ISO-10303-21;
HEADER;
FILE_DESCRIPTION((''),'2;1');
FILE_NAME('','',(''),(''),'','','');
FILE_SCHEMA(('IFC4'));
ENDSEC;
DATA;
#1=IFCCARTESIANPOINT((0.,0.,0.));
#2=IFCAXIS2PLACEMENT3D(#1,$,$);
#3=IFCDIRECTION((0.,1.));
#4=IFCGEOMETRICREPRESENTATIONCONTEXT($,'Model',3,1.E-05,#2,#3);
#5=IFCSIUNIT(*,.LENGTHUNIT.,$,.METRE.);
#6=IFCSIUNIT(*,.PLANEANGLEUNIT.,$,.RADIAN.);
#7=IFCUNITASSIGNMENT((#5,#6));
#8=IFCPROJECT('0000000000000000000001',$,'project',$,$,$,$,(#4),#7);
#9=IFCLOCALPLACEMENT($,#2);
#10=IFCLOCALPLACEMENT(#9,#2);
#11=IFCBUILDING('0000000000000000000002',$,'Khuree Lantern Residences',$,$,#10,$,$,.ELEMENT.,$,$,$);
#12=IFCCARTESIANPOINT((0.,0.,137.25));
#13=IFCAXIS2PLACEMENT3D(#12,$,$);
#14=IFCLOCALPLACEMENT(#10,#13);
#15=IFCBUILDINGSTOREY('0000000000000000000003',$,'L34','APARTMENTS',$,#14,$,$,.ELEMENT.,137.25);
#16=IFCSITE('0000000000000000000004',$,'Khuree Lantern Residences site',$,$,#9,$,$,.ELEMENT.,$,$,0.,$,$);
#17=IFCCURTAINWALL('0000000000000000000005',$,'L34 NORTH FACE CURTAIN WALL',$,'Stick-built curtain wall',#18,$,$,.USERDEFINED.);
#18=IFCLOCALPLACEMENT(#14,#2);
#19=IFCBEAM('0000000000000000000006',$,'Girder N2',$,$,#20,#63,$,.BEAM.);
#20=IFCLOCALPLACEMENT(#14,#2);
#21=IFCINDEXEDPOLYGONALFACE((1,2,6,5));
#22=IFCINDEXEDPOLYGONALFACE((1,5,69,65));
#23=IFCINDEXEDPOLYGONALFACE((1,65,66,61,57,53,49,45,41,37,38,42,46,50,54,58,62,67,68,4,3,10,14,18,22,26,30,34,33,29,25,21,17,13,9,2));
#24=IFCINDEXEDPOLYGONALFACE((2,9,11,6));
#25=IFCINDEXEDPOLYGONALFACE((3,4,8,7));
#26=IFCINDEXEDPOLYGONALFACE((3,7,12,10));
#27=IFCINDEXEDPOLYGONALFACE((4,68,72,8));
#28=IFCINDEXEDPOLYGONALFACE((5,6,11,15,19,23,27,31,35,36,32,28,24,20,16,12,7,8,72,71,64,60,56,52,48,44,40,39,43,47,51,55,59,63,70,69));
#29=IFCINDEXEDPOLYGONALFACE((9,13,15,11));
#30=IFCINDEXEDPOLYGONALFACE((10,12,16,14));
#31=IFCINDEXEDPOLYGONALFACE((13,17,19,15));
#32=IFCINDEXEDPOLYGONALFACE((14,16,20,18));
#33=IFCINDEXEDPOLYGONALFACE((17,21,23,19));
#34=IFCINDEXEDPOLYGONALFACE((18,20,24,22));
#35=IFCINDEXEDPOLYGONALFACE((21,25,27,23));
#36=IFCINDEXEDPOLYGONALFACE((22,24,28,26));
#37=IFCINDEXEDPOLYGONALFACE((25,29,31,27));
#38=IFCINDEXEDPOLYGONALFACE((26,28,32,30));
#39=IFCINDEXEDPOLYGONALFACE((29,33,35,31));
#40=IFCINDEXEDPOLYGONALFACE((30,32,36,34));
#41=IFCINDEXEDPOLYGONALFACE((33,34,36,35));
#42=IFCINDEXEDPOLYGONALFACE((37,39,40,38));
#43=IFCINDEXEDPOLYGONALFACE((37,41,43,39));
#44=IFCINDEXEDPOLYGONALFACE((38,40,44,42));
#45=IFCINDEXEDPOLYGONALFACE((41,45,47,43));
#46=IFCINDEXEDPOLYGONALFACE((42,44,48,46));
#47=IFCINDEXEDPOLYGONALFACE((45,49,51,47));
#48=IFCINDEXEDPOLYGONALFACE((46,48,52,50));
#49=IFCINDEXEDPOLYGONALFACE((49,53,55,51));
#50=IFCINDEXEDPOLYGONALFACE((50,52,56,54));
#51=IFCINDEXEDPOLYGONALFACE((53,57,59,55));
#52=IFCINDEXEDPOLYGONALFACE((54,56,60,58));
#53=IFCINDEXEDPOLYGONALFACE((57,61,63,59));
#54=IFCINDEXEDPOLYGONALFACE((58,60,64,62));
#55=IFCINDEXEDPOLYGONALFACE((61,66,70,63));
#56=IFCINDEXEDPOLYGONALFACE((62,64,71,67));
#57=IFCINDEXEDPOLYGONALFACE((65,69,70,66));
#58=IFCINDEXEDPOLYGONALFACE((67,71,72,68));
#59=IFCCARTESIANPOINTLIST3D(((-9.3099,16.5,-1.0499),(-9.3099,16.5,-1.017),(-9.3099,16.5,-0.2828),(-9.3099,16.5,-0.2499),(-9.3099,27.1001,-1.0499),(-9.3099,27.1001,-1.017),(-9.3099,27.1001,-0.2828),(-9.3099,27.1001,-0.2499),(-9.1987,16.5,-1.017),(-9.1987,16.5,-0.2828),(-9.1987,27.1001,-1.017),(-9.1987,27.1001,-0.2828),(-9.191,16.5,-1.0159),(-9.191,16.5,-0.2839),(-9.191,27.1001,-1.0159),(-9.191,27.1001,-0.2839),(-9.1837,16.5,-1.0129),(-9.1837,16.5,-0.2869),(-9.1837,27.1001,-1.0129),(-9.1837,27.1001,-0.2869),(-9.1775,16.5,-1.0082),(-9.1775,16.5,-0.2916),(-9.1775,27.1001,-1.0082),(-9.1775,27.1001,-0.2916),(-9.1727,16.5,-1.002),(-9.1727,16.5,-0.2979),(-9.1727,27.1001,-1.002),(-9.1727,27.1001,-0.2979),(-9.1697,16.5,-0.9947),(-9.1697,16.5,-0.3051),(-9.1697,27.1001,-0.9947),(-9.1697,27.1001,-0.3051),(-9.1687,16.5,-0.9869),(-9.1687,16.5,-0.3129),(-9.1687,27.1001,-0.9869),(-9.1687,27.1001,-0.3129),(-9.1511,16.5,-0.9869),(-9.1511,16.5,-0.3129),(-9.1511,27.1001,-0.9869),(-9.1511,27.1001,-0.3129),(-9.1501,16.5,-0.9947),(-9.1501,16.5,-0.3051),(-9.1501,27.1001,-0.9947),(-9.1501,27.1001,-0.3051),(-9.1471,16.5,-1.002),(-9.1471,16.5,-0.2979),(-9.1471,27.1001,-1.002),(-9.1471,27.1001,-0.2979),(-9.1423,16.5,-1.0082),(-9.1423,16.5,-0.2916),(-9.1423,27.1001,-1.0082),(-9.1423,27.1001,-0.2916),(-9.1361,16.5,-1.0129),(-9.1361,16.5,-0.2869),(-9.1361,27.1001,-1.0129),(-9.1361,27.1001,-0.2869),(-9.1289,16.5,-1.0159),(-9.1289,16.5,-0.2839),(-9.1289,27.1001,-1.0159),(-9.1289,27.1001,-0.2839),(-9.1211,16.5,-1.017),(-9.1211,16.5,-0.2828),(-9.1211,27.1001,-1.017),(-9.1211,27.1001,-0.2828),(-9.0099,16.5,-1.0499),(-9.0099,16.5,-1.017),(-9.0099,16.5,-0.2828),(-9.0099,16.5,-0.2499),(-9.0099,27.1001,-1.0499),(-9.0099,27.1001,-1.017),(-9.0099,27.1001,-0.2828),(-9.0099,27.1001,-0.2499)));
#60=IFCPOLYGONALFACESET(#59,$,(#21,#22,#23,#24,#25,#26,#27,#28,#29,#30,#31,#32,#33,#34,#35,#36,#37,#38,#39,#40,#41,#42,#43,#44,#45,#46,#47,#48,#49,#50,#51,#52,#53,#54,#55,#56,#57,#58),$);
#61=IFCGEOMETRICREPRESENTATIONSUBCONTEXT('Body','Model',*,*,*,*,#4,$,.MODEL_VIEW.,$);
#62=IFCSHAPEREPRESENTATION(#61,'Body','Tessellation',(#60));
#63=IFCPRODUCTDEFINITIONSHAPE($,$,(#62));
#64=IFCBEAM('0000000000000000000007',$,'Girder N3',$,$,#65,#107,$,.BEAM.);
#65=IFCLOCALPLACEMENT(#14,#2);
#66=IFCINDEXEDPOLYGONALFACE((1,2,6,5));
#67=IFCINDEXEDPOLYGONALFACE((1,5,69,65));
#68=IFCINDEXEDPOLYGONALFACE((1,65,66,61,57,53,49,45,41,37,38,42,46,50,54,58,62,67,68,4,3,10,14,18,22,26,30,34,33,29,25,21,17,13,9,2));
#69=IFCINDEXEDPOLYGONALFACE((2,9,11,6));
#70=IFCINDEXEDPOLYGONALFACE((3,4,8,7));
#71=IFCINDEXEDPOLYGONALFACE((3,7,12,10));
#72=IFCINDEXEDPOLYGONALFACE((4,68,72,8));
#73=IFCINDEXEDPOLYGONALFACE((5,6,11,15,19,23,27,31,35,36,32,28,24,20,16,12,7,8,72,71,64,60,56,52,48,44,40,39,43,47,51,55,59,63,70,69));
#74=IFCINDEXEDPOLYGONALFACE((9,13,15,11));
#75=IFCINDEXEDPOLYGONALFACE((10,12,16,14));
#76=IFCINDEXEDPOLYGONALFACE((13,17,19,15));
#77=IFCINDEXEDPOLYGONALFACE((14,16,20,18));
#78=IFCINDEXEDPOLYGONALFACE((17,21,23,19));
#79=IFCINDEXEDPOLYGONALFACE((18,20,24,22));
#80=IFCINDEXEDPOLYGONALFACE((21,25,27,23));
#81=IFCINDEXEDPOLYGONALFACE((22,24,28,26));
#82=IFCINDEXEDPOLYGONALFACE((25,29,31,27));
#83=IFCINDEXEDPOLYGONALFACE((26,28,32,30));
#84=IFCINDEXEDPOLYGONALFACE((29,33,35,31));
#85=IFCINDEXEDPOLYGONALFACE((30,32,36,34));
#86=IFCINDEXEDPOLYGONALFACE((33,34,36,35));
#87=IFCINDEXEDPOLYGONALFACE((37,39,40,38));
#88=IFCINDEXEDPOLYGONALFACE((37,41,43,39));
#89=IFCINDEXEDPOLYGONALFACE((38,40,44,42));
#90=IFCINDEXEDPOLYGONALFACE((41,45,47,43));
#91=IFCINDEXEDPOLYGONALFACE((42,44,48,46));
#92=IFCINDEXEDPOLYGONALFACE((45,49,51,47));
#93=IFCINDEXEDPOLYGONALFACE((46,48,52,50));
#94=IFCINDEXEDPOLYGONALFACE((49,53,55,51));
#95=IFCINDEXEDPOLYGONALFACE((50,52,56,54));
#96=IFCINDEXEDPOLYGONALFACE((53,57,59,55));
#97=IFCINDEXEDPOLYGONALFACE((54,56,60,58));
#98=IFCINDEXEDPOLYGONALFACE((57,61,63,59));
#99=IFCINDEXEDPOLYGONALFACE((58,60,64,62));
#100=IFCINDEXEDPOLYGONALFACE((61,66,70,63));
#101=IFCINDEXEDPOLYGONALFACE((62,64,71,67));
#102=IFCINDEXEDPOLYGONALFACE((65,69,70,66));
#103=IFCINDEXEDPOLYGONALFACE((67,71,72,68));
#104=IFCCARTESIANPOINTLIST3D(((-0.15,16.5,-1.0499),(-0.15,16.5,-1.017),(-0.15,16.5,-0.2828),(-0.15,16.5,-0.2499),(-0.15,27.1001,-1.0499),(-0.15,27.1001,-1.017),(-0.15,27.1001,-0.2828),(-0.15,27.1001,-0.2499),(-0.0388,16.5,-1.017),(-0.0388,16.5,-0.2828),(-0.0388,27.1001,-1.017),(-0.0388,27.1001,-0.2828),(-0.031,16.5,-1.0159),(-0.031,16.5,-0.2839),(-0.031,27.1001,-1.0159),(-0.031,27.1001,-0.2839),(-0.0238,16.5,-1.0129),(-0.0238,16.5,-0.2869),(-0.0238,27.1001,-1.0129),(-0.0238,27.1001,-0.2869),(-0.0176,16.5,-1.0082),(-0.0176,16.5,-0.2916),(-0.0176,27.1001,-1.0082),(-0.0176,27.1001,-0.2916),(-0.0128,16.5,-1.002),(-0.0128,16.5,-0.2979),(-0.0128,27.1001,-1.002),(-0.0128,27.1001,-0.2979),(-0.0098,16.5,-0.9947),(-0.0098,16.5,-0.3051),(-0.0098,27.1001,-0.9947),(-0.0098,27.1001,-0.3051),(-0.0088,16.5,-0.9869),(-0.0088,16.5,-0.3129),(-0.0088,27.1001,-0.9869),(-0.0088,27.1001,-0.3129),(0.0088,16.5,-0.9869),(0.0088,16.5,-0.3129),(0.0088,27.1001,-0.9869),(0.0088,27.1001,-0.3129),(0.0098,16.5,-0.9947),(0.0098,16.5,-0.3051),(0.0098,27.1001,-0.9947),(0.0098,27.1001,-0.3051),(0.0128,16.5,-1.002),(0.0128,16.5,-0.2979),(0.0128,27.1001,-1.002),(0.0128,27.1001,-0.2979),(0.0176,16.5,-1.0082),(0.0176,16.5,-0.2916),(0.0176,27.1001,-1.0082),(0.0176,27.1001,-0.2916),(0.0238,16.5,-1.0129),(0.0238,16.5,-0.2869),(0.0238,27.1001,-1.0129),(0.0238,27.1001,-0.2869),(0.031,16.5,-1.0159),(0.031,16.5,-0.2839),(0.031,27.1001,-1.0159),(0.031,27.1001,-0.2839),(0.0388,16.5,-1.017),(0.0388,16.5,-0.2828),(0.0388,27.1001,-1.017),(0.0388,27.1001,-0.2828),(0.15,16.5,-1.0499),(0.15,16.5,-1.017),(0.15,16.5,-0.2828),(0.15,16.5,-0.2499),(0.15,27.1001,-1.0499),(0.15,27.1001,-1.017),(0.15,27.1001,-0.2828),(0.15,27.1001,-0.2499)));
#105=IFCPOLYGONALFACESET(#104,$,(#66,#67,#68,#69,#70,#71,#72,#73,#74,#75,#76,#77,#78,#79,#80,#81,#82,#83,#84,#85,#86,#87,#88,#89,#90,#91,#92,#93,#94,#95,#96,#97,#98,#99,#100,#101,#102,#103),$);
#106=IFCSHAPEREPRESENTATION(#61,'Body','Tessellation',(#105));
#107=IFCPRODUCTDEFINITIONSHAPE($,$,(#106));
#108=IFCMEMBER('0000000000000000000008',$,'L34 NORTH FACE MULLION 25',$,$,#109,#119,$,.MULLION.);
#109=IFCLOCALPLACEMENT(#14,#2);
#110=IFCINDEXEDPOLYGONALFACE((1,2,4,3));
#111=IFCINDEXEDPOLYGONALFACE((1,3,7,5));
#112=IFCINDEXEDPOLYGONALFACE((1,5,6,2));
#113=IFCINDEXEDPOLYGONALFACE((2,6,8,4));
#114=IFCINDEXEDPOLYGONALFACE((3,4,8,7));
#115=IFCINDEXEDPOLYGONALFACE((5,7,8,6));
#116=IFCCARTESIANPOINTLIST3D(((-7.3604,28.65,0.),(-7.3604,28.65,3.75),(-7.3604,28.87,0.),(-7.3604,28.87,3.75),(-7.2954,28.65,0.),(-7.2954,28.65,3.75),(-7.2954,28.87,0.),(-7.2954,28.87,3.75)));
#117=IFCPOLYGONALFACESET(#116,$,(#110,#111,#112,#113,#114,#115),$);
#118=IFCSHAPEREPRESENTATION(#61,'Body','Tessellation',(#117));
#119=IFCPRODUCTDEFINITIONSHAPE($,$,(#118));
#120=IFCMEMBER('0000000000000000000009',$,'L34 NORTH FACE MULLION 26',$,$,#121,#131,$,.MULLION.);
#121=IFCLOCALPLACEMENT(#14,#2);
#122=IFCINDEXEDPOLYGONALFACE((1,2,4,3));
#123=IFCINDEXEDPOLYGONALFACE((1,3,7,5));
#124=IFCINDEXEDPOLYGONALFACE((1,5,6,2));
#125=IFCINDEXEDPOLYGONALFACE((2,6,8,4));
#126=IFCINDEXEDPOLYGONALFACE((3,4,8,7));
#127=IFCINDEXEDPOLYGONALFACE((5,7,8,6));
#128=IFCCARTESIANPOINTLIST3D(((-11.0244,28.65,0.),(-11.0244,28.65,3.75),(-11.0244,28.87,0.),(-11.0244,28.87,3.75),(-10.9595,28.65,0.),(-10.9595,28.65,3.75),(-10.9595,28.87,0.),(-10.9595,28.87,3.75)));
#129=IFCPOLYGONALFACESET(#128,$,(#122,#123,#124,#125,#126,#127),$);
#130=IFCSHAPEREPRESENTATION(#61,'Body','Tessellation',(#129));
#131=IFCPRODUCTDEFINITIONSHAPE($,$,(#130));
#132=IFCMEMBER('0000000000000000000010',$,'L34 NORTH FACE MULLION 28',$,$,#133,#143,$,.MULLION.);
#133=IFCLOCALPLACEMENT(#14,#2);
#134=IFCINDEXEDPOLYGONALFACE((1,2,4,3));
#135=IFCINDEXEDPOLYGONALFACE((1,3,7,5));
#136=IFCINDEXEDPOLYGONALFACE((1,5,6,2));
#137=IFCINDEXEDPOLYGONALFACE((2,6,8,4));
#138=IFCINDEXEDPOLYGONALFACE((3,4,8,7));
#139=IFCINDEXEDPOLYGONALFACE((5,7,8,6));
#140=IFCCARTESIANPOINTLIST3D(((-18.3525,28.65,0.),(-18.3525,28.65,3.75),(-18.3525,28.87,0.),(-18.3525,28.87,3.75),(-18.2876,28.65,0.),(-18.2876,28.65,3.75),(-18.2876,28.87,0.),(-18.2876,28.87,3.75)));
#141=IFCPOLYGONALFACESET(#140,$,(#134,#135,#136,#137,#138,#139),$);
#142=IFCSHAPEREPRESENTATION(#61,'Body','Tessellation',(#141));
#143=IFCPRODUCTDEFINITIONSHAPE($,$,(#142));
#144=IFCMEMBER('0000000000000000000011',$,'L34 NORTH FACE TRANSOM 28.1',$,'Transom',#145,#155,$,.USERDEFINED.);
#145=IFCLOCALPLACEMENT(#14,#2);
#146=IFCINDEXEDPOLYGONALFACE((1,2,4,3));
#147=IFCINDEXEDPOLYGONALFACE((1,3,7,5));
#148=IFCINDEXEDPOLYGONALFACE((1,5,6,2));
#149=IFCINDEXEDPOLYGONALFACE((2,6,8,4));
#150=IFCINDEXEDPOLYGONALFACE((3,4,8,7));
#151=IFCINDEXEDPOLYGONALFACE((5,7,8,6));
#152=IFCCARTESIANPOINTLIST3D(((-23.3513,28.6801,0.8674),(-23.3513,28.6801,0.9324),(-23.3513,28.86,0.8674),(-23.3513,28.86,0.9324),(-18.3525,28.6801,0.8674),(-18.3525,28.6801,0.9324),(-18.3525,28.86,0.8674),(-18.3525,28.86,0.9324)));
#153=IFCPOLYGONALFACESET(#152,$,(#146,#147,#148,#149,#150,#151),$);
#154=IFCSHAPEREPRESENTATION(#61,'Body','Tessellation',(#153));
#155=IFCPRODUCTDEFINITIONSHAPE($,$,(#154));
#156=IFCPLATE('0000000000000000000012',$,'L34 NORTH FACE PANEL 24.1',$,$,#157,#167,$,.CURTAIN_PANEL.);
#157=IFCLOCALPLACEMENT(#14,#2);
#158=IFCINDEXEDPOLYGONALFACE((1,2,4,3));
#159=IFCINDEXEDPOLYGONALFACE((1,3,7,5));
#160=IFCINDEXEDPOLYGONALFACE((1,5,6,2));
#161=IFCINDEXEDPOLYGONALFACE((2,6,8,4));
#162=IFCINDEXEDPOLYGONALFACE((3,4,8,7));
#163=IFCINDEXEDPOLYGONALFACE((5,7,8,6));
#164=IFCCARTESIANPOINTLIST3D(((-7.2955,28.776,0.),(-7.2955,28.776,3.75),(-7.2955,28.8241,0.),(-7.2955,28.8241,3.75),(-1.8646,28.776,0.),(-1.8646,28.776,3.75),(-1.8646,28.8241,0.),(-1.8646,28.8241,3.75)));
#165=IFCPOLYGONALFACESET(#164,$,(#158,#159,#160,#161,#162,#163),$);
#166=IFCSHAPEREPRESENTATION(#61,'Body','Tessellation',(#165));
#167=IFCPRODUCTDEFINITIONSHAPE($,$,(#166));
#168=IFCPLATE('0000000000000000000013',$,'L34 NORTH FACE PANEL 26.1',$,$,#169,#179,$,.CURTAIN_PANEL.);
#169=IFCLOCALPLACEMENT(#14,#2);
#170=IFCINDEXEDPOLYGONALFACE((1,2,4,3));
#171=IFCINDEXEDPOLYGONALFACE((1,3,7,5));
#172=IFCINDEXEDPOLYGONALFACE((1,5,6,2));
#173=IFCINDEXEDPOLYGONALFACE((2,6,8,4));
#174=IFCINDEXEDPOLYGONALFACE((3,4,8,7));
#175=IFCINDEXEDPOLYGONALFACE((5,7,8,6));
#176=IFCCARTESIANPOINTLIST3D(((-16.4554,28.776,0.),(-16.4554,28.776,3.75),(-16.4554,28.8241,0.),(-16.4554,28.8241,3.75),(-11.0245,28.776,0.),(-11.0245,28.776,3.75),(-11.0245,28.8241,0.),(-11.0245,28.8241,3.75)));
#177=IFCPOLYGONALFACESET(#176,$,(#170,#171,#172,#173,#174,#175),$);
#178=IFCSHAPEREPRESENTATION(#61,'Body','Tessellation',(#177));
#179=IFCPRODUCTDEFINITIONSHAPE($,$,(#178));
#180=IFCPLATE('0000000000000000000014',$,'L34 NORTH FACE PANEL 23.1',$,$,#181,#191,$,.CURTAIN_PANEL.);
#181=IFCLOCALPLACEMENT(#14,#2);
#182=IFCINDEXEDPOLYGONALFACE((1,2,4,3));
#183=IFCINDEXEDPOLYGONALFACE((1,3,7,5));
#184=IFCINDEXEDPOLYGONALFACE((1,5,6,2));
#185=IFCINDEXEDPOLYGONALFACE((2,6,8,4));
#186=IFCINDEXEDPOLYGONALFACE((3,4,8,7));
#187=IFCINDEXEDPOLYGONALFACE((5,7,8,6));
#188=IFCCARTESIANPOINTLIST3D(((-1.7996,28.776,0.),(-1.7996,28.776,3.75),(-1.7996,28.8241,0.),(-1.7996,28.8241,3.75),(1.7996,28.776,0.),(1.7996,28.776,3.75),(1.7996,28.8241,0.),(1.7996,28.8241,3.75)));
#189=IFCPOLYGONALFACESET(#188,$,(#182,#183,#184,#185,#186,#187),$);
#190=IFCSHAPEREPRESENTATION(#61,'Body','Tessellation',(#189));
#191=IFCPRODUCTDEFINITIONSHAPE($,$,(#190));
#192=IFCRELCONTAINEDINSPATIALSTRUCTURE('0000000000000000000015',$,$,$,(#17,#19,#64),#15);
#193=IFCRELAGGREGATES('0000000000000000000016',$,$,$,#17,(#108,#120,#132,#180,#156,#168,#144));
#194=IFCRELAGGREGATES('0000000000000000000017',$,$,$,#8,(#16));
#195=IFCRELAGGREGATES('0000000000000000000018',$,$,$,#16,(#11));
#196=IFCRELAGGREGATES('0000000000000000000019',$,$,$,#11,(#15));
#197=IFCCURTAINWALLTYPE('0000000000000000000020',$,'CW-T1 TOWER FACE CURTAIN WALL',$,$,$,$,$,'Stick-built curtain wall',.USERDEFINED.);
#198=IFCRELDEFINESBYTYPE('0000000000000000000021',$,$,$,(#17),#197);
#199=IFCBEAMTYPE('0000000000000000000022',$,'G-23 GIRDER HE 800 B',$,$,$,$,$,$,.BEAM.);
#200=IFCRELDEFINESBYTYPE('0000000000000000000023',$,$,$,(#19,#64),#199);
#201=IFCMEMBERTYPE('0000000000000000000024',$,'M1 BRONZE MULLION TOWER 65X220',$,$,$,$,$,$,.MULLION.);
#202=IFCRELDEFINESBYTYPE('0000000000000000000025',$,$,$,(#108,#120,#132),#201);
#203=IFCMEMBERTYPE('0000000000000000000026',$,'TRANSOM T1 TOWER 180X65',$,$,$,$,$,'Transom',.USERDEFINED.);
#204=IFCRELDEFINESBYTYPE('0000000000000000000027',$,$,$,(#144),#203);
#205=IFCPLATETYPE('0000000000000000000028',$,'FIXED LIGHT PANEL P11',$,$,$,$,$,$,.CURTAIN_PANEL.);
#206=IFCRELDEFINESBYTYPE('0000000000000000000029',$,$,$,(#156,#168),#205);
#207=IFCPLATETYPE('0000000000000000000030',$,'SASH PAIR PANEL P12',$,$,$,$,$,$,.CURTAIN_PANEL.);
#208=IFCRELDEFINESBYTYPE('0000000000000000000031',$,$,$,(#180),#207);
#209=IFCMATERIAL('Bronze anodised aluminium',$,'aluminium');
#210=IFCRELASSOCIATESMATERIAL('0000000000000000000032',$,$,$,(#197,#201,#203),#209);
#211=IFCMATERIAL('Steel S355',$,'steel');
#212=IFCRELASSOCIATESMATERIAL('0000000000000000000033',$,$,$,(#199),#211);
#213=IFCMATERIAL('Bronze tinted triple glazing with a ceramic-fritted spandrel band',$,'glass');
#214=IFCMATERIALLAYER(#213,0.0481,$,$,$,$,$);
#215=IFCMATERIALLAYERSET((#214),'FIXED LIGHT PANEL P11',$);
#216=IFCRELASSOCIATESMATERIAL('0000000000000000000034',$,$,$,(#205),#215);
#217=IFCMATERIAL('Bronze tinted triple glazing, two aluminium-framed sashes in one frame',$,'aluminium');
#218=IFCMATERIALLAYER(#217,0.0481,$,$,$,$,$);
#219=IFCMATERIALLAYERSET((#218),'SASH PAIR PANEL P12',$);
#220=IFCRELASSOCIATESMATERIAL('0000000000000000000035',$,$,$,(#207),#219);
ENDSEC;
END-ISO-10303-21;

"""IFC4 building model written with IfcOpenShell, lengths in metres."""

from ifc_helpers import new_model, si_unit, direction, frame, origin, origin_2d, place, context, subcontext, project, spatial, rectangle, i_section, extrude, material, layer, layer_set, material_profile, profile_set, type_object, element, aggregate, save


model = new_model("IFC4")

# Units and contexts
model_context = context("Model", 3, precision=1e-05, world=origin(), true_north=direction((0.0, 1.0)))
body_context = subcontext(model_context, "Body", "Model", "MODEL_VIEW")
ifc_project = project(units=[si_unit("LENGTHUNIT", "METRE"), si_unit("PLANEANGLEUNIT", "RADIAN")], contexts=[model_context])

# Site, building, storey
site_placement = place(None, origin())
site = spatial("IfcSite", under=ifc_project, at=site_placement, Name="Khuree Lantern Residences site", CompositionType="ELEMENT", RefElevation=0.0)
building_placement = place(site_placement, origin())
building = spatial("IfcBuilding", under=site, at=building_placement, Name="Khuree Lantern Residences", CompositionType="ELEMENT")
storey_placement = place(building_placement, frame((0.0, 0.0, 137.25)))
storey = spatial("IfcBuildingStorey", under=building, at=storey_placement, Name="L34", Description="APARTMENTS", CompositionType="ELEMENT", Elevation=137.25)

# Shared definitions
ifc_material_1 = material(Name="Steel S355", Category="steel")

# Curtain wall
ifc_material_2 = material(Name="Bronze anodised aluminium", Category="aluminium")
curtain_wall_type = type_object("IfcCurtainWallType", Name="CW-T1 TOWER FACE CURTAIN WALL", ElementType="Stick-built curtain wall", PredefinedType="USERDEFINED", material=ifc_material_2)
curtain_wall_placement = place(storey_placement, origin())
curtain_wall = element("IfcCurtainWall", 1, at=curtain_wall_placement, inside=storey, type_object=curtain_wall_type, Name="L34 NORTH FACE CURTAIN WALL", ObjectType="Stick-built curtain wall", PredefinedType="USERDEFINED")

# Beams
ifc_material_profile_1 = material_profile(ifc_material_1, i_section(OverallWidth=0.3, OverallDepth=0.8, WebThickness=0.0176, FlangeThickness=0.033, FilletRadius=0.03, at=origin_2d()), Name="HE 800 B")
ifc_profile_set_1 = profile_set([ifc_material_profile_1], Name="Steel S355")
beam_type_1 = type_object("IfcBeamType", Name="G-23 GIRDER HE 800 B", PredefinedType="BEAM", material=ifc_profile_set_1)
for number, where, z_axis, x_axis, name in (
    (2, (-9.1599, 27.1001, -0.6499), (0.0, -1.0, 0.0), (1.0, 0.0, 0.0), "Girder N2"),
    (3, (0.0, 27.1001, -0.6499), (0.0, -1.0, 0.0), (1.0, 0.0, 0.0), "Girder N3"),
):
    element("IfcBeam", number, at=place(storey_placement, frame(where, z_axis=z_axis, x_axis=x_axis)), inside=storey, type_object=beam_type_1, Name=name, PredefinedType="BEAM", context=body_context, shape_type="SweptSolid", body=[
        extrude(i_section(OverallWidth=0.3, OverallDepth=0.8, WebThickness=0.0176, FlangeThickness=0.033, FilletRadius=0.03, at=origin_2d()), origin(), (0.0, 0.0, 1.0), 10.6001),
    ])

# Members
ifc_material_profile_2 = material_profile(ifc_material_2, rectangle(XDim=0.0649, YDim=0.22, at=origin_2d()), Name="M1 65X220")
ifc_profile_set_2 = profile_set([ifc_material_profile_2], Name="Bronze anodised aluminium")
member_type_1 = type_object("IfcMemberType", Name="M1 BRONZE MULLION TOWER 65X220", PredefinedType="MULLION", material=ifc_profile_set_2)
member_1_placement = place(storey_placement, frame((-7.3279, 28.76, 0.0), z_axis=(0.0, 0.0, 1.0), x_axis=(-1.0, 0.0, 0.0)))
member_1 = element("IfcMember", 4, at=member_1_placement, type_object=member_type_1, Name="L34 NORTH FACE MULLION 25", PredefinedType="MULLION", context=body_context, shape_type="SweptSolid", body=[
    extrude(rectangle(XDim=0.0649, YDim=0.22, at=origin_2d()), origin(), (0.0, 0.0, 1.0), 3.75),
])
member_2_placement = place(storey_placement, frame((-10.9919, 28.76, 0.0), z_axis=(0.0, 0.0, 1.0), x_axis=(-1.0, 0.0, 0.0)))
member_2 = element("IfcMember", 5, at=member_2_placement, type_object=member_type_1, Name="L34 NORTH FACE MULLION 26", PredefinedType="MULLION", context=body_context, shape_type="SweptSolid", body=[
    extrude(rectangle(XDim=0.0649, YDim=0.22, at=origin_2d()), origin(), (0.0, 0.0, 1.0), 3.75),
])
member_3_placement = place(storey_placement, frame((-18.3201, 28.76, 0.0), z_axis=(0.0, 0.0, 1.0), x_axis=(-1.0, 0.0, 0.0)))
member_3 = element("IfcMember", 6, at=member_3_placement, type_object=member_type_1, Name="L34 NORTH FACE MULLION 28", PredefinedType="MULLION", context=body_context, shape_type="SweptSolid", body=[
    extrude(rectangle(XDim=0.0649, YDim=0.22, at=origin_2d()), origin(), (0.0, 0.0, 1.0), 3.75),
])
ifc_material_profile_3 = material_profile(ifc_material_2, rectangle(XDim=0.1799, YDim=0.0649, at=origin_2d()), Name="T1 180X65")
ifc_profile_set_3 = profile_set([ifc_material_profile_3], Name="Bronze anodised aluminium")
member_type_2 = type_object("IfcMemberType", Name="TRANSOM T1 TOWER 180X65", ElementType="Transom", PredefinedType="USERDEFINED", material=ifc_profile_set_3)
member_4_placement = place(storey_placement, frame((-18.3525, 28.77, 0.8999), z_axis=(-1.0, 0.0, 0.0), x_axis=(0.0, -1.0, 0.0)))
member_4 = element("IfcMember", 7, at=member_4_placement, type_object=member_type_2, Name="L34 NORTH FACE TRANSOM 28.1", ObjectType="Transom", PredefinedType="USERDEFINED", context=body_context, shape_type="SweptSolid", body=[
    extrude(rectangle(XDim=0.1799, YDim=0.0649, at=origin_2d()), origin(), (0.0, 0.0, 1.0), 4.9988),
])

# Plates
ifc_material_3 = material(Name="Bronze tinted triple glazing with a ceramic-fritted spandrel band", Category="glass")
ifc_layer_1 = layer(ifc_material_3, 0.0481)
ifc_layer_set_1 = layer_set([ifc_layer_1], Name="FIXED LIGHT PANEL P11")
plate_type_1 = type_object("IfcPlateType", Name="FIXED LIGHT PANEL P11", PredefinedType="CURTAIN_PANEL", material=ifc_layer_set_1)
plate_1_placement = place(storey_placement, frame((-4.5801, 28.8, 0.0), z_axis=(0.0, 0.0, 1.0), x_axis=(-1.0, 0.0, 0.0)))
plate_1 = element("IfcPlate", 8, at=plate_1_placement, type_object=plate_type_1, Name="L34 NORTH FACE PANEL 24.1", PredefinedType="CURTAIN_PANEL", context=body_context, shape_type="SweptSolid", body=[
    extrude(rectangle(XDim=5.4309, YDim=0.0481, at=origin_2d()), origin(), (0.0, 0.0, 1.0), 3.75),
])
plate_2_placement = place(storey_placement, frame((-13.74, 28.8, 0.0), z_axis=(0.0, 0.0, 1.0), x_axis=(-1.0, 0.0, 0.0)))
plate_2 = element("IfcPlate", 9, at=plate_2_placement, type_object=plate_type_1, Name="L34 NORTH FACE PANEL 26.1", PredefinedType="CURTAIN_PANEL", context=body_context, shape_type="SweptSolid", body=[
    extrude(rectangle(XDim=5.4309, YDim=0.0481, at=origin_2d()), origin(), (0.0, 0.0, 1.0), 3.75),
])
ifc_material_4 = material(Name="Bronze tinted triple glazing, two aluminium-framed sashes in one frame", Category="aluminium")
ifc_layer_2 = layer(ifc_material_4, 0.0481)
ifc_layer_set_2 = layer_set([ifc_layer_2], Name="SASH PAIR PANEL P12")
plate_type_2 = type_object("IfcPlateType", Name="SASH PAIR PANEL P12", PredefinedType="CURTAIN_PANEL", material=ifc_layer_set_2)
plate_3_placement = place(storey_placement, frame((0.0, 28.8, 0.0), z_axis=(0.0, 0.0, 1.0), x_axis=(-1.0, 0.0, 0.0)))
plate_3 = element("IfcPlate", 10, at=plate_3_placement, type_object=plate_type_2, Name="L34 NORTH FACE PANEL 23.1", PredefinedType="CURTAIN_PANEL", context=body_context, shape_type="SweptSolid", body=[
    extrude(rectangle(XDim=3.5991, YDim=0.0481, at=origin_2d()), origin(), (0.0, 0.0, 1.0), 3.75),
])
aggregate(curtain_wall, [member_1, member_2, member_3, plate_3, plate_1, plate_2, member_4])

save(model, "model.ifc")
